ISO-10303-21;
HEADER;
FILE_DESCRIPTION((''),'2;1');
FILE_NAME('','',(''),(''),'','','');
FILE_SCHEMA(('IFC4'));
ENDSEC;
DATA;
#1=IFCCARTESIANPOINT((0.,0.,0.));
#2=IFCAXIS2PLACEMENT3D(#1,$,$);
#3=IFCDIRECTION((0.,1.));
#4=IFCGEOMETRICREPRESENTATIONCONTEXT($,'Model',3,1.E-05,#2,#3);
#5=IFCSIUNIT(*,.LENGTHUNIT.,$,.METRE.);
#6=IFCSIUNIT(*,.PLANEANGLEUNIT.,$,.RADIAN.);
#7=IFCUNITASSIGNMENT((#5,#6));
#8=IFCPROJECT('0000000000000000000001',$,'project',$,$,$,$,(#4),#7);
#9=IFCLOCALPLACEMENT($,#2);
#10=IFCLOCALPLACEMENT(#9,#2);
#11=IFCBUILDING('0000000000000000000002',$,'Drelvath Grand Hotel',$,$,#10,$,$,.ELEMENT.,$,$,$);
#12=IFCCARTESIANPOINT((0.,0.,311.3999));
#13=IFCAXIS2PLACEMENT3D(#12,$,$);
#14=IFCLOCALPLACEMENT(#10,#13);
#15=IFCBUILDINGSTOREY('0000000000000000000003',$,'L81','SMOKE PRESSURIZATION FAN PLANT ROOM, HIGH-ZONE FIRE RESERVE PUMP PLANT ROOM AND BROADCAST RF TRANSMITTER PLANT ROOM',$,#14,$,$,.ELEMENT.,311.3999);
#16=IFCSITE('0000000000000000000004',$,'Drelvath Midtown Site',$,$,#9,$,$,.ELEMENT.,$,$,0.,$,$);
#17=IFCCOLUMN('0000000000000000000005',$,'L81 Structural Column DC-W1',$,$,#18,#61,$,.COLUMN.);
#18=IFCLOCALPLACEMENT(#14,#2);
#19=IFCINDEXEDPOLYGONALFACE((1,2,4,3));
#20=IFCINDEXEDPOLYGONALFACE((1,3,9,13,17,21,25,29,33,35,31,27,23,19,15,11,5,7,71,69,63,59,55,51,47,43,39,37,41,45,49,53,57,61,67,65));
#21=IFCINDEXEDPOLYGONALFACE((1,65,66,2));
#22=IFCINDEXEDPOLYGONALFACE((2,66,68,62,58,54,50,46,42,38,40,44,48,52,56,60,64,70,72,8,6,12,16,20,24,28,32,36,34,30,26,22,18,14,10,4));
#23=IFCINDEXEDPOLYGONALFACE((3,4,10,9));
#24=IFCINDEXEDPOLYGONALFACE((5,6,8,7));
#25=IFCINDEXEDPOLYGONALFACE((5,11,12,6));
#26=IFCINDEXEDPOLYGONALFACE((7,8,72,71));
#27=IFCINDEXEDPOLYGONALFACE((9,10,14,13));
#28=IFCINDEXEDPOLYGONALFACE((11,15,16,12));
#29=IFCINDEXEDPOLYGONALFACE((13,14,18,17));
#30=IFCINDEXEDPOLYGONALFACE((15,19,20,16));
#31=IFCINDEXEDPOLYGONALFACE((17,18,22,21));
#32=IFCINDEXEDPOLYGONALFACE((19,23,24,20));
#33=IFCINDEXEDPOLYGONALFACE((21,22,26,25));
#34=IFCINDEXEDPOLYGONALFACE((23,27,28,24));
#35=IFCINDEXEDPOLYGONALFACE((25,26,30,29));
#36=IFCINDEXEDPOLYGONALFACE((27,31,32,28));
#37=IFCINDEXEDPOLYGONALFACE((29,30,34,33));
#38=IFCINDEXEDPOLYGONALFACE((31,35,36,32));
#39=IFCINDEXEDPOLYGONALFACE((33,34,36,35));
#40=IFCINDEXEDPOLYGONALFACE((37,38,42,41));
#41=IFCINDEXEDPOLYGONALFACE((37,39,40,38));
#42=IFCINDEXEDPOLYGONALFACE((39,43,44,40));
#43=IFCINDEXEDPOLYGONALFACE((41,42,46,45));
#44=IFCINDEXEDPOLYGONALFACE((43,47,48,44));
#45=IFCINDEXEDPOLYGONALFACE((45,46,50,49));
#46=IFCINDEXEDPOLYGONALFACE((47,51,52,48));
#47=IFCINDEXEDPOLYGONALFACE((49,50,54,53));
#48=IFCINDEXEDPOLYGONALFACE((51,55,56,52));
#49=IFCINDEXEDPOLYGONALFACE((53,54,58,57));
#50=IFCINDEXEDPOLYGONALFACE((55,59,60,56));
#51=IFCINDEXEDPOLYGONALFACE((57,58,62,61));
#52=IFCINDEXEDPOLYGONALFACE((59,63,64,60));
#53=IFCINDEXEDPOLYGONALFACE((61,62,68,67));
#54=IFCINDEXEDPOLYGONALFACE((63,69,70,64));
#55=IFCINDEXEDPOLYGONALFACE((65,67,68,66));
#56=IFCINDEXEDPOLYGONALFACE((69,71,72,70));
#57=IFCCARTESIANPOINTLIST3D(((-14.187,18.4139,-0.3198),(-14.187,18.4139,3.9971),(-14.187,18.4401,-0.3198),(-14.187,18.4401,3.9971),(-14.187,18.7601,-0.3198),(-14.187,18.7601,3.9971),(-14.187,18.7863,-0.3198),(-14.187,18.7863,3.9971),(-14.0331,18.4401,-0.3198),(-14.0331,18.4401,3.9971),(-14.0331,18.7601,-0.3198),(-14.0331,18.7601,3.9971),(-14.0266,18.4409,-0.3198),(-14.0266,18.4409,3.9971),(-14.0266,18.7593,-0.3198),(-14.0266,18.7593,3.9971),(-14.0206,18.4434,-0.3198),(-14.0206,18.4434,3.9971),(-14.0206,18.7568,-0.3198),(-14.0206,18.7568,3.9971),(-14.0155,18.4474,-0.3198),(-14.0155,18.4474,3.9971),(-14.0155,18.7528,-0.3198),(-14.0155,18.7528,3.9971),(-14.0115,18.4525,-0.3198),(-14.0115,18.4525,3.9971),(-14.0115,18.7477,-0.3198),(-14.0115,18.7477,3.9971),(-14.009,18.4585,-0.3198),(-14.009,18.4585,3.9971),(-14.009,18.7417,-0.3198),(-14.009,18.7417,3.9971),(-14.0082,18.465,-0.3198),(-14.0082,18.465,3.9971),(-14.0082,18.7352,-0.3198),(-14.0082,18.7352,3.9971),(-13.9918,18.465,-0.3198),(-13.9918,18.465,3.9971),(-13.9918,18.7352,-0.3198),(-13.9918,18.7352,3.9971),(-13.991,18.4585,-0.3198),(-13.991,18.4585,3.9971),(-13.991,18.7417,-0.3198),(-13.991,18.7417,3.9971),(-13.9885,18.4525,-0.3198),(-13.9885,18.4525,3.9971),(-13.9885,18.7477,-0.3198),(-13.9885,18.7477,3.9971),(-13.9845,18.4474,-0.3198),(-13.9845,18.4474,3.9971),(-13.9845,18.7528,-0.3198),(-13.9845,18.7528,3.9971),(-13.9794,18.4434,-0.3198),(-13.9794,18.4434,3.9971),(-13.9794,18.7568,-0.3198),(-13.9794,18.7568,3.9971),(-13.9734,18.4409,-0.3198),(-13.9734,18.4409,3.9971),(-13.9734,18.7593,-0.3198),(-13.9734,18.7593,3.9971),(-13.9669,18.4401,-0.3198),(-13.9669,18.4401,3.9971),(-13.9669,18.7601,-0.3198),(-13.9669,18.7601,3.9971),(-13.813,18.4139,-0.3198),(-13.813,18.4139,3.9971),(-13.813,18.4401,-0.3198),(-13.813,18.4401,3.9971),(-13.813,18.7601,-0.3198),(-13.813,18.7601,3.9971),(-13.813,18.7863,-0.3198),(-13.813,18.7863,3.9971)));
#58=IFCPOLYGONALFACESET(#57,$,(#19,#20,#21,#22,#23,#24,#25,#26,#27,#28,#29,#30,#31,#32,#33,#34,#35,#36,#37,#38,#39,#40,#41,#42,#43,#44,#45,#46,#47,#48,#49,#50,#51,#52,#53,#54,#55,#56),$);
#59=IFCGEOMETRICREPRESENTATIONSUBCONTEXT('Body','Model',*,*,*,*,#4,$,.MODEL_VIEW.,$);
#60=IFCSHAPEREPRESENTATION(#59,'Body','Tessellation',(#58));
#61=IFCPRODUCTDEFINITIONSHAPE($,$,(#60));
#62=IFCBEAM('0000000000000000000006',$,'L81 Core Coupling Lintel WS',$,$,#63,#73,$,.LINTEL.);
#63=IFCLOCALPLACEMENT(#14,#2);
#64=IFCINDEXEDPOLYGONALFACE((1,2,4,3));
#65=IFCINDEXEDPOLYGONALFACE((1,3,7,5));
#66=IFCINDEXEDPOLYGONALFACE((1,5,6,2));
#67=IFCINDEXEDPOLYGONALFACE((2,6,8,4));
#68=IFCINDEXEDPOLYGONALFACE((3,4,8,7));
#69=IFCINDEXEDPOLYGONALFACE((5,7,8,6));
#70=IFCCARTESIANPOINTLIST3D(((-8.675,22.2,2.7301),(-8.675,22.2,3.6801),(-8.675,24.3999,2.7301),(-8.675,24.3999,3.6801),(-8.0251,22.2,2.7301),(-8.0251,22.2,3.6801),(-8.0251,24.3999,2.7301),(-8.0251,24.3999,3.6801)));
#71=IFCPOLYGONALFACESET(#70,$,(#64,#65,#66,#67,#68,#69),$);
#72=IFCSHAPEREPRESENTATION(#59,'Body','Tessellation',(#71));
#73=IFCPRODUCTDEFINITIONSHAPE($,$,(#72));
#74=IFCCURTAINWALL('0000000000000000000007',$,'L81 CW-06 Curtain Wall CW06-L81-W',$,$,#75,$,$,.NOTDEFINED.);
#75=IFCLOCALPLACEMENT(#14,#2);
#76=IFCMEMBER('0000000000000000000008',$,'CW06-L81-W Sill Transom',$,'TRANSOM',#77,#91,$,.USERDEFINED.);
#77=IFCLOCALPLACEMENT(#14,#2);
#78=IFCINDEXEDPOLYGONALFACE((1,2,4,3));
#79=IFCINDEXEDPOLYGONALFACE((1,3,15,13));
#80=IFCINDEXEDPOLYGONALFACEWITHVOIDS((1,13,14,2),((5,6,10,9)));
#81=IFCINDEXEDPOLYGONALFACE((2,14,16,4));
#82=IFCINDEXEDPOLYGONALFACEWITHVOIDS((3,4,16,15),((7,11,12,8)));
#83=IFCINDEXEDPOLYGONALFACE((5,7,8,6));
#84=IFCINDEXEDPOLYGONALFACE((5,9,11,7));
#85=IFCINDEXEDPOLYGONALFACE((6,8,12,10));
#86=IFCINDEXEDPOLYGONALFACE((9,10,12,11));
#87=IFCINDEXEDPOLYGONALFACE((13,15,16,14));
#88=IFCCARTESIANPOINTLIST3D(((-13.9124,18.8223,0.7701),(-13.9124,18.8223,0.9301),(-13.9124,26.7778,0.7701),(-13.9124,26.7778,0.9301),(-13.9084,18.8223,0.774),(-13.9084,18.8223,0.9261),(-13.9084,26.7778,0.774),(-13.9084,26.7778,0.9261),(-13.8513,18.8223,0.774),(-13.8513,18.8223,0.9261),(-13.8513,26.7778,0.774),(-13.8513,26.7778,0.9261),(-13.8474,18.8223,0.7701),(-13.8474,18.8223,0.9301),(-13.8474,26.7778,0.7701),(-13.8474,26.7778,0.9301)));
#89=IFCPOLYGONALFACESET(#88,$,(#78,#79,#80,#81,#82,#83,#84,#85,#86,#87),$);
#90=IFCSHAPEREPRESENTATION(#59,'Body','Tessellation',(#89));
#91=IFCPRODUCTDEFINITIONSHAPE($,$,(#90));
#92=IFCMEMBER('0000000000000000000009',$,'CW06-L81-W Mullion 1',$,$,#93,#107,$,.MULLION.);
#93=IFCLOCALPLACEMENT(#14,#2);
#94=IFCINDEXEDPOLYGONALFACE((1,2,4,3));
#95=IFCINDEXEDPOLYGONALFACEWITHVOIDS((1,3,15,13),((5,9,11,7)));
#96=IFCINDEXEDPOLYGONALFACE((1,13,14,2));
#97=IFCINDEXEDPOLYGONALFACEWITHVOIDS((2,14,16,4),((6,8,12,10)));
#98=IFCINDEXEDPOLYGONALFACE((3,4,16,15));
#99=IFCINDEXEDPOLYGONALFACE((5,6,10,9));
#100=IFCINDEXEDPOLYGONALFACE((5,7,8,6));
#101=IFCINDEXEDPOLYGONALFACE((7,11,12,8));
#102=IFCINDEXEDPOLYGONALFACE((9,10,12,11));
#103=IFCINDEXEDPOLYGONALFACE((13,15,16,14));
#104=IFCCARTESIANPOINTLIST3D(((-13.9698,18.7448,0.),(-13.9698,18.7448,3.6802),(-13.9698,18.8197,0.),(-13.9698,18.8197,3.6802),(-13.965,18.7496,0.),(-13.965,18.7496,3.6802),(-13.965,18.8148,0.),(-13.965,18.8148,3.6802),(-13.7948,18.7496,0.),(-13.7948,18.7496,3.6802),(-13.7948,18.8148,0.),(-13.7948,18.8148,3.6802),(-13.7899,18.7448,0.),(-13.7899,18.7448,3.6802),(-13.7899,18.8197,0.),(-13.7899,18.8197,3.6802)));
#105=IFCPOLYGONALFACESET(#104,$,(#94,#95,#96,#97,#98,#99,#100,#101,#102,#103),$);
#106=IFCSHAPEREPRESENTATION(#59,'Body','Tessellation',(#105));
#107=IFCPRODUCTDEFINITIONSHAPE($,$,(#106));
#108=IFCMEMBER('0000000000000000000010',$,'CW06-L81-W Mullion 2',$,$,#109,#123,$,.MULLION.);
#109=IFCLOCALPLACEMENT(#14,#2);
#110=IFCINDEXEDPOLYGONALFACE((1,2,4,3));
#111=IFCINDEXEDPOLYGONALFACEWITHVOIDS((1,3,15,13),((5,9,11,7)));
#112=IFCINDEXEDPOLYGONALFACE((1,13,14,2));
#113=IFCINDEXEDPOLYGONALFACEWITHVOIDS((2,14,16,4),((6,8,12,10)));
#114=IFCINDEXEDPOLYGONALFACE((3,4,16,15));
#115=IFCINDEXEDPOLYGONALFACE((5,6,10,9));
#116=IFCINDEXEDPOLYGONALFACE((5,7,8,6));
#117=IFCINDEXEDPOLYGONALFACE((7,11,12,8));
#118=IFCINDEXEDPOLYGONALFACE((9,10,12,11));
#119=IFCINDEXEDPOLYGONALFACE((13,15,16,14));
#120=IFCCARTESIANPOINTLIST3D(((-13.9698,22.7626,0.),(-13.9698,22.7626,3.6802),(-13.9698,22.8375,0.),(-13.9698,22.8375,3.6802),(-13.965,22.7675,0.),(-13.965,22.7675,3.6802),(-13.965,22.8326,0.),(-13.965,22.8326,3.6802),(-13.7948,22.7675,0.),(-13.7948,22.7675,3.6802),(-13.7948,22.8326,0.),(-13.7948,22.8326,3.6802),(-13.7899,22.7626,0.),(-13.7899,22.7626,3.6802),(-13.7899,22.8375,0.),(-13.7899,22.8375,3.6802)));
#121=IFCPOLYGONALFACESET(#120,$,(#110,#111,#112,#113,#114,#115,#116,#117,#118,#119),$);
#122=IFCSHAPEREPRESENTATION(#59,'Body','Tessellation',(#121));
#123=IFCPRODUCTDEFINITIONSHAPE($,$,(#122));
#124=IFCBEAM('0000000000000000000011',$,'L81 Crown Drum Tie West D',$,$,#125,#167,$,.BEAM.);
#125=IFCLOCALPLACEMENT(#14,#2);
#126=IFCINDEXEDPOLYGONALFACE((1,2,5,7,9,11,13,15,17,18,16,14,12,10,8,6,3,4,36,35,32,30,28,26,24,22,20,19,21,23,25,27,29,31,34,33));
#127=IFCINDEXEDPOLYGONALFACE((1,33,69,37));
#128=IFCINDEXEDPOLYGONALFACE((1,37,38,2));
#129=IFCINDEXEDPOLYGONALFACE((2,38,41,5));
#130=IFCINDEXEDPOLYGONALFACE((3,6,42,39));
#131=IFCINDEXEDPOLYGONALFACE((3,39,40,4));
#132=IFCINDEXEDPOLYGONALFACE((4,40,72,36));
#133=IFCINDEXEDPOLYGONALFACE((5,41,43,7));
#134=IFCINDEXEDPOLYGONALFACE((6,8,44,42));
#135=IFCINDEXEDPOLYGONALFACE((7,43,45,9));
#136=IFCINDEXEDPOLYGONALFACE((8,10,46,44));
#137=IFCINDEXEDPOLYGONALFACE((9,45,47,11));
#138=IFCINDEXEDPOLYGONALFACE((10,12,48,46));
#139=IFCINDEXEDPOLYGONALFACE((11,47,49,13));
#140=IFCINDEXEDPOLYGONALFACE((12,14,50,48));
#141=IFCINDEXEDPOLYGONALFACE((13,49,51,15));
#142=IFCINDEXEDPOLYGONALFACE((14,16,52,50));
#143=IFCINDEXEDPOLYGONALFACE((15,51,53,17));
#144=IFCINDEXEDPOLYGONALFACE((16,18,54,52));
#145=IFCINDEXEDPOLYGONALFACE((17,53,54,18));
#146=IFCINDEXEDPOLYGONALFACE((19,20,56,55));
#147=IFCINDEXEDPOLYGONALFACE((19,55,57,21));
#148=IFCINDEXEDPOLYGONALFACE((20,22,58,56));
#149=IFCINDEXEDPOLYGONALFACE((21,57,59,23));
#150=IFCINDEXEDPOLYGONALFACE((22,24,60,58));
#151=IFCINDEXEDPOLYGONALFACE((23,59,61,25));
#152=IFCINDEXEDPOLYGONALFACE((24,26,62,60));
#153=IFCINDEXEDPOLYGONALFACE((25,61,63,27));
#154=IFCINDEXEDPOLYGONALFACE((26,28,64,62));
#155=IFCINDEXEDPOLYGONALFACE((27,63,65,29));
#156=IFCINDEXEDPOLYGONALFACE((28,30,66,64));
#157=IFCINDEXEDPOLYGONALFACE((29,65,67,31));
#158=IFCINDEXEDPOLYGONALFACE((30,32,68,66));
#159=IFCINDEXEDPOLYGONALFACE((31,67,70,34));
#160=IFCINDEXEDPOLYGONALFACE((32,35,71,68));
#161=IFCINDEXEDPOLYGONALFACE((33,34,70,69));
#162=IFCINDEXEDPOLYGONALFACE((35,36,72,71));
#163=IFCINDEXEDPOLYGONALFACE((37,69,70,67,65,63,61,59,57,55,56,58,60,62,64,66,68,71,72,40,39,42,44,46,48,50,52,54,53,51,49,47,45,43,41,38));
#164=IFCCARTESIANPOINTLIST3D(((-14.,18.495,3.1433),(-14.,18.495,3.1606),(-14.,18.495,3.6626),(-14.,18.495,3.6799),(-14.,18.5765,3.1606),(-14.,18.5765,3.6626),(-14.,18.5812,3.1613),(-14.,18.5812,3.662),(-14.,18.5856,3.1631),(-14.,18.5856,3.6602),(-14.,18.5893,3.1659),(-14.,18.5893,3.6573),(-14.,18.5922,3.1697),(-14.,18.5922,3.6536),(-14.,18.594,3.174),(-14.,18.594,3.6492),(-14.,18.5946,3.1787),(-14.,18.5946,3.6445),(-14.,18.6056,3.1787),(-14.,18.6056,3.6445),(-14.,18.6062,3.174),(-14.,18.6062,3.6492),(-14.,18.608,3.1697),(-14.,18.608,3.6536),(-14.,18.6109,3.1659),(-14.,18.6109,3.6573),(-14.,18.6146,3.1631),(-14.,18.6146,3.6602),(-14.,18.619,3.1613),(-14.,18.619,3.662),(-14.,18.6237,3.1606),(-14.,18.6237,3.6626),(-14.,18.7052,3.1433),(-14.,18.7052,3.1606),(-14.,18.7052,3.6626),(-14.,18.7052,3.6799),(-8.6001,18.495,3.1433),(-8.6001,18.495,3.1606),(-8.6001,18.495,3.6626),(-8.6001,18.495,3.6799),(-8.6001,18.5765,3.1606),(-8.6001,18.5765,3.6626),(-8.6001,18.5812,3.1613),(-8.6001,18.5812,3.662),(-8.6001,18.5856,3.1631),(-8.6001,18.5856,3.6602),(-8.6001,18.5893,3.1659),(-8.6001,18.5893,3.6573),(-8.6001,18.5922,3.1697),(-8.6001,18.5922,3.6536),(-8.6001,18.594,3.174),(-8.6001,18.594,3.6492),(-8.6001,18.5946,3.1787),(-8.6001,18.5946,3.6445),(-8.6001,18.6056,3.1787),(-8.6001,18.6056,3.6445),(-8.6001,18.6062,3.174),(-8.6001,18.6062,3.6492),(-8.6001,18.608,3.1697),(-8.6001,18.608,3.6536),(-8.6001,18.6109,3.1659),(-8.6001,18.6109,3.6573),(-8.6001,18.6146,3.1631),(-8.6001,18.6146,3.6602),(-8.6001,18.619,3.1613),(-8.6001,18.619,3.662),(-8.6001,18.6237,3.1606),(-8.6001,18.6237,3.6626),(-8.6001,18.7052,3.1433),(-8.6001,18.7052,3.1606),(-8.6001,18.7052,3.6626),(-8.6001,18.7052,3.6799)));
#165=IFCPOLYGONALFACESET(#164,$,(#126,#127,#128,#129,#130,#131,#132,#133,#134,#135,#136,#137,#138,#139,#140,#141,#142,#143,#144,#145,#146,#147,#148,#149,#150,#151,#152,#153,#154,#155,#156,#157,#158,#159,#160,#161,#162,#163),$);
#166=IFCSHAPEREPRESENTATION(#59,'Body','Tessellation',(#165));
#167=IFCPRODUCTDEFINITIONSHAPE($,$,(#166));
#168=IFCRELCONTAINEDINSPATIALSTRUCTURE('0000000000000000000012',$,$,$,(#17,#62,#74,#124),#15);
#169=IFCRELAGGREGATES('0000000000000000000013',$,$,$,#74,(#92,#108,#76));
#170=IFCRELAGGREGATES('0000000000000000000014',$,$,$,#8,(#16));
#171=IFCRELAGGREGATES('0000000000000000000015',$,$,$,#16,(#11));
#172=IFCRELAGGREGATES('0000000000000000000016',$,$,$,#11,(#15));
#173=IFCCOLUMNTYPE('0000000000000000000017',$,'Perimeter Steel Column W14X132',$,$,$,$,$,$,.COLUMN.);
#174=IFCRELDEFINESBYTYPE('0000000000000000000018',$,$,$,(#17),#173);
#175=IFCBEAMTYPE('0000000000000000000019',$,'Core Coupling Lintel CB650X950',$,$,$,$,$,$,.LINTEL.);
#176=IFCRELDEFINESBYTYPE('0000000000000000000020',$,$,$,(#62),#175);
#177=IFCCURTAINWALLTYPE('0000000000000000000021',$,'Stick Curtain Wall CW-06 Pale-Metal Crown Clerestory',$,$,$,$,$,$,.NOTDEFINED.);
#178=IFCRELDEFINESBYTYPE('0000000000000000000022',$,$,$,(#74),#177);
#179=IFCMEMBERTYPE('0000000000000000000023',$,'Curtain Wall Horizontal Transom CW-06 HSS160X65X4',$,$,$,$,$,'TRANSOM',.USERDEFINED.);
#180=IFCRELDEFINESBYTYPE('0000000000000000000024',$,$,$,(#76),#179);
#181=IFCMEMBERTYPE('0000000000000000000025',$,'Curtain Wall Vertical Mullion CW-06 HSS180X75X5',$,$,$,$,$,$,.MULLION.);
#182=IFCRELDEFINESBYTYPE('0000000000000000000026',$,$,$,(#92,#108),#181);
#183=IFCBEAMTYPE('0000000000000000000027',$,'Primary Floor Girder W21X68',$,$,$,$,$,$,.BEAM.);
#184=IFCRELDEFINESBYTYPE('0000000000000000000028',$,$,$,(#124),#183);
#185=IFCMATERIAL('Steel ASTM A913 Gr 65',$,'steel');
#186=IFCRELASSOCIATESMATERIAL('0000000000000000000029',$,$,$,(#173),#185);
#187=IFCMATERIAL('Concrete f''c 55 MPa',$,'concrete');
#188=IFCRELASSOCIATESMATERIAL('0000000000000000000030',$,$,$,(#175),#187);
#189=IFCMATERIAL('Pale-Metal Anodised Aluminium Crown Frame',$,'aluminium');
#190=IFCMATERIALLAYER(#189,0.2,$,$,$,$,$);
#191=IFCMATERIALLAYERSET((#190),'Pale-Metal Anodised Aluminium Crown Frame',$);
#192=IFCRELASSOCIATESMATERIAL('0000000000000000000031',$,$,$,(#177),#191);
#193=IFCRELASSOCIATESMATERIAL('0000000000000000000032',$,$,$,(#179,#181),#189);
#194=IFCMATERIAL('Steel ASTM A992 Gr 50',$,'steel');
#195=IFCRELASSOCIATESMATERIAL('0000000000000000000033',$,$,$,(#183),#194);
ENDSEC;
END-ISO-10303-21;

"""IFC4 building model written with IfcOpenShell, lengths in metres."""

from ifc_helpers import new_model, si_unit, direction, frame, origin, origin_2d, place, context, subcontext, project, spatial, rectangle, hollow_rectangle, i_section, extrude, material, layer, layer_set, material_profile, profile_set, type_object, element, aggregate, save


model = new_model("IFC4")

# Units and contexts
model_context = context("Model", 3, precision=1e-05, world=origin(), true_north=direction((0.0, 1.0)))
body_context = subcontext(model_context, "Body", "Model", "MODEL_VIEW")
ifc_project = project(units=[si_unit("LENGTHUNIT", "METRE"), si_unit("PLANEANGLEUNIT", "RADIAN")], contexts=[model_context])

# Site, building, storey
site_placement = place(None, origin())
site = spatial("IfcSite", under=ifc_project, at=site_placement, Name="Drelvath Midtown Site", CompositionType="ELEMENT", RefElevation=0.0)
building_placement = place(site_placement, origin())
building = spatial("IfcBuilding", under=site, at=building_placement, Name="Drelvath Grand Hotel", CompositionType="ELEMENT")
storey_placement = place(building_placement, frame((0.0, 0.0, 311.3999)))
storey = spatial("IfcBuildingStorey", under=building, at=storey_placement, Name="L81", Description="SMOKE PRESSURIZATION FAN PLANT ROOM, HIGH-ZONE FIRE RESERVE PUMP PLANT ROOM AND BROADCAST RF TRANSMITTER PLANT ROOM", CompositionType="ELEMENT", Elevation=311.3999)

# Column
ifc_material_1 = material(Name="Steel ASTM A913 Gr 65", Category="steel")
ifc_material_profile_1 = material_profile(ifc_material_1, i_section(OverallWidth=0.374, OverallDepth=0.3723, WebThickness=0.0164, FlangeThickness=0.0261, FilletRadius=0.0249, at=origin_2d()), Name="W14X132")
ifc_profile_set_1 = profile_set([ifc_material_profile_1], Name="Steel ASTM A913 Gr 65")
column_type = type_object("IfcColumnType", Name="Perimeter Steel Column W14X132", PredefinedType="COLUMN", material=ifc_profile_set_1)
column_placement = place(storey_placement, frame((-14.0, 18.6001, -0.3198), z_axis=(0.0, 0.0, 1.0), x_axis=(1.0, 0.0, 0.0)))
element("IfcColumn", 1, at=column_placement, inside=storey, type_object=column_type, Name="L81 Structural Column DC-W1", PredefinedType="COLUMN", context=body_context, shape_type="SweptSolid", body=[
    extrude(i_section(OverallWidth=0.374, OverallDepth=0.3723, WebThickness=0.0164, FlangeThickness=0.0261, FilletRadius=0.0249, at=origin_2d()), origin(), (0.0, 0.0, 1.0), 4.3169),
])

# Beam
ifc_material_2 = material(Name="Concrete f'c 55 MPa", Category="concrete")
ifc_material_profile_2 = material_profile(ifc_material_2, rectangle(XDim=0.6499, YDim=0.95, at=origin_2d()), Name="CB650X950")
ifc_profile_set_2 = profile_set([ifc_material_profile_2], Name="Concrete f'c 55 MPa")
beam_type_1 = type_object("IfcBeamType", Name="Core Coupling Lintel CB650X950", PredefinedType="LINTEL", material=ifc_profile_set_2)
beam_1_placement = place(storey_placement, frame((-8.3501, 22.2, 3.2051), z_axis=(0.0, 1.0, 0.0), x_axis=(-1.0, 0.0, 0.0)))
element("IfcBeam", 2, at=beam_1_placement, inside=storey, type_object=beam_type_1, Name="L81 Core Coupling Lintel WS", PredefinedType="LINTEL", context=body_context, shape_type="SweptSolid", body=[
    extrude(rectangle(XDim=0.6499, YDim=0.95, at=origin_2d()), origin(), (0.0, 0.0, 1.0), 2.2),
])

# Curtain wall, members
ifc_material_3 = material(Name="Pale-Metal Anodised Aluminium Crown Frame", Category="aluminium")
ifc_layer_1 = layer(ifc_material_3, 0.2)
ifc_layer_set_1 = layer_set([ifc_layer_1], Name="Pale-Metal Anodised Aluminium Crown Frame")
curtain_wall_type = type_object("IfcCurtainWallType", Name="Stick Curtain Wall CW-06 Pale-Metal Crown Clerestory", PredefinedType="NOTDEFINED", material=ifc_layer_set_1)
curtain_wall_placement = place(storey_placement, origin())
curtain_wall = element("IfcCurtainWall", 3, at=curtain_wall_placement, inside=storey, type_object=curtain_wall_type, Name="L81 CW-06 Curtain Wall CW06-L81-W", PredefinedType="NOTDEFINED")
ifc_material_profile_3 = material_profile(ifc_material_3, hollow_rectangle(XDim=0.0649, YDim=0.1599, WallThickness=0.0039, at=origin_2d()), Name="HSS160X65X4")
ifc_profile_set_3 = profile_set([ifc_material_profile_3], Name="Pale-Metal Anodised Aluminium Crown Frame")
member_type_1 = type_object("IfcMemberType", Name="Curtain Wall Horizontal Transom CW-06 HSS160X65X4", ElementType="TRANSOM", PredefinedType="USERDEFINED", material=ifc_profile_set_3)
member_1_placement = place(storey_placement, frame((-13.8799, 18.8223, 0.8501), z_axis=(0.0, 1.0, 0.0), x_axis=(-1.0, 0.0, 0.0)))
member_1 = element("IfcMember", 4, at=member_1_placement, type_object=member_type_1, Name="CW06-L81-W Sill Transom", ObjectType="TRANSOM", PredefinedType="USERDEFINED", context=body_context, shape_type="SweptSolid", body=[
    extrude(hollow_rectangle(XDim=0.0649, YDim=0.1599, WallThickness=0.0039, at=origin_2d()), origin(), (0.0, 0.0, 1.0), 7.9556),
])
ifc_material_profile_4 = material_profile(ifc_material_3, hollow_rectangle(XDim=0.075, YDim=0.1799, WallThickness=0.0049, at=origin_2d()), Name="HSS180X75X5")
ifc_profile_set_4 = profile_set([ifc_material_profile_4], Name="Pale-Metal Anodised Aluminium Crown Frame")
member_type_2 = type_object("IfcMemberType", Name="Curtain Wall Vertical Mullion CW-06 HSS180X75X5", PredefinedType="MULLION", material=ifc_profile_set_4)
member_2_placement = place(storey_placement, frame((-13.8799, 18.7822, 0.0), z_axis=(0.0, 0.0, 1.0), x_axis=(0.0, 1.0, 0.0)))
member_2 = element("IfcMember", 5, at=member_2_placement, type_object=member_type_2, Name="CW06-L81-W Mullion 1", PredefinedType="MULLION", context=body_context, shape_type="SweptSolid", body=[
    extrude(hollow_rectangle(XDim=0.075, YDim=0.1799, WallThickness=0.0049, at=origin_2d()), origin(), (0.0, 0.0, 1.0), 3.6802),
])
member_3_placement = place(storey_placement, frame((-13.8799, 22.8, 0.0), z_axis=(0.0, 0.0, 1.0), x_axis=(0.0, 1.0, 0.0)))
member_3 = element("IfcMember", 6, at=member_3_placement, type_object=member_type_2, Name="CW06-L81-W Mullion 2", PredefinedType="MULLION", context=body_context, shape_type="SweptSolid", body=[
    extrude(hollow_rectangle(XDim=0.075, YDim=0.1799, WallThickness=0.0049, at=origin_2d()), origin(), (0.0, 0.0, 1.0), 3.6802),
])

# Beam
ifc_material_4 = material(Name="Steel ASTM A992 Gr 50", Category="steel")
ifc_material_profile_5 = material_profile(ifc_material_4, i_section(OverallWidth=0.2102, OverallDepth=0.5366, WebThickness=0.011, FlangeThickness=0.0173, FilletRadius=0.0181, at=origin_2d()), Name="W21X68")
ifc_profile_set_5 = profile_set([ifc_material_profile_5], Name="Steel ASTM A992 Gr 50")
beam_type_2 = type_object("IfcBeamType", Name="Primary Floor Girder W21X68", PredefinedType="BEAM", material=ifc_profile_set_5)
beam_2_placement = place(storey_placement, frame((-14.0, 18.6001, 3.4116), z_axis=(1.0, 0.0, 0.0), x_axis=(0.0, 1.0, 0.0)))
element("IfcBeam", 7, at=beam_2_placement, inside=storey, type_object=beam_type_2, Name="L81 Crown Drum Tie West D", PredefinedType="BEAM", context=body_context, shape_type="SweptSolid", body=[
    extrude(i_section(OverallWidth=0.2102, OverallDepth=0.5366, WebThickness=0.011, FlangeThickness=0.0173, FilletRadius=0.0181, at=origin_2d()), origin(), (0.0, 0.0, 1.0), 5.3999),
])

aggregate(curtain_wall, [member_2, member_3, member_1])

save(model, "model.ifc")
